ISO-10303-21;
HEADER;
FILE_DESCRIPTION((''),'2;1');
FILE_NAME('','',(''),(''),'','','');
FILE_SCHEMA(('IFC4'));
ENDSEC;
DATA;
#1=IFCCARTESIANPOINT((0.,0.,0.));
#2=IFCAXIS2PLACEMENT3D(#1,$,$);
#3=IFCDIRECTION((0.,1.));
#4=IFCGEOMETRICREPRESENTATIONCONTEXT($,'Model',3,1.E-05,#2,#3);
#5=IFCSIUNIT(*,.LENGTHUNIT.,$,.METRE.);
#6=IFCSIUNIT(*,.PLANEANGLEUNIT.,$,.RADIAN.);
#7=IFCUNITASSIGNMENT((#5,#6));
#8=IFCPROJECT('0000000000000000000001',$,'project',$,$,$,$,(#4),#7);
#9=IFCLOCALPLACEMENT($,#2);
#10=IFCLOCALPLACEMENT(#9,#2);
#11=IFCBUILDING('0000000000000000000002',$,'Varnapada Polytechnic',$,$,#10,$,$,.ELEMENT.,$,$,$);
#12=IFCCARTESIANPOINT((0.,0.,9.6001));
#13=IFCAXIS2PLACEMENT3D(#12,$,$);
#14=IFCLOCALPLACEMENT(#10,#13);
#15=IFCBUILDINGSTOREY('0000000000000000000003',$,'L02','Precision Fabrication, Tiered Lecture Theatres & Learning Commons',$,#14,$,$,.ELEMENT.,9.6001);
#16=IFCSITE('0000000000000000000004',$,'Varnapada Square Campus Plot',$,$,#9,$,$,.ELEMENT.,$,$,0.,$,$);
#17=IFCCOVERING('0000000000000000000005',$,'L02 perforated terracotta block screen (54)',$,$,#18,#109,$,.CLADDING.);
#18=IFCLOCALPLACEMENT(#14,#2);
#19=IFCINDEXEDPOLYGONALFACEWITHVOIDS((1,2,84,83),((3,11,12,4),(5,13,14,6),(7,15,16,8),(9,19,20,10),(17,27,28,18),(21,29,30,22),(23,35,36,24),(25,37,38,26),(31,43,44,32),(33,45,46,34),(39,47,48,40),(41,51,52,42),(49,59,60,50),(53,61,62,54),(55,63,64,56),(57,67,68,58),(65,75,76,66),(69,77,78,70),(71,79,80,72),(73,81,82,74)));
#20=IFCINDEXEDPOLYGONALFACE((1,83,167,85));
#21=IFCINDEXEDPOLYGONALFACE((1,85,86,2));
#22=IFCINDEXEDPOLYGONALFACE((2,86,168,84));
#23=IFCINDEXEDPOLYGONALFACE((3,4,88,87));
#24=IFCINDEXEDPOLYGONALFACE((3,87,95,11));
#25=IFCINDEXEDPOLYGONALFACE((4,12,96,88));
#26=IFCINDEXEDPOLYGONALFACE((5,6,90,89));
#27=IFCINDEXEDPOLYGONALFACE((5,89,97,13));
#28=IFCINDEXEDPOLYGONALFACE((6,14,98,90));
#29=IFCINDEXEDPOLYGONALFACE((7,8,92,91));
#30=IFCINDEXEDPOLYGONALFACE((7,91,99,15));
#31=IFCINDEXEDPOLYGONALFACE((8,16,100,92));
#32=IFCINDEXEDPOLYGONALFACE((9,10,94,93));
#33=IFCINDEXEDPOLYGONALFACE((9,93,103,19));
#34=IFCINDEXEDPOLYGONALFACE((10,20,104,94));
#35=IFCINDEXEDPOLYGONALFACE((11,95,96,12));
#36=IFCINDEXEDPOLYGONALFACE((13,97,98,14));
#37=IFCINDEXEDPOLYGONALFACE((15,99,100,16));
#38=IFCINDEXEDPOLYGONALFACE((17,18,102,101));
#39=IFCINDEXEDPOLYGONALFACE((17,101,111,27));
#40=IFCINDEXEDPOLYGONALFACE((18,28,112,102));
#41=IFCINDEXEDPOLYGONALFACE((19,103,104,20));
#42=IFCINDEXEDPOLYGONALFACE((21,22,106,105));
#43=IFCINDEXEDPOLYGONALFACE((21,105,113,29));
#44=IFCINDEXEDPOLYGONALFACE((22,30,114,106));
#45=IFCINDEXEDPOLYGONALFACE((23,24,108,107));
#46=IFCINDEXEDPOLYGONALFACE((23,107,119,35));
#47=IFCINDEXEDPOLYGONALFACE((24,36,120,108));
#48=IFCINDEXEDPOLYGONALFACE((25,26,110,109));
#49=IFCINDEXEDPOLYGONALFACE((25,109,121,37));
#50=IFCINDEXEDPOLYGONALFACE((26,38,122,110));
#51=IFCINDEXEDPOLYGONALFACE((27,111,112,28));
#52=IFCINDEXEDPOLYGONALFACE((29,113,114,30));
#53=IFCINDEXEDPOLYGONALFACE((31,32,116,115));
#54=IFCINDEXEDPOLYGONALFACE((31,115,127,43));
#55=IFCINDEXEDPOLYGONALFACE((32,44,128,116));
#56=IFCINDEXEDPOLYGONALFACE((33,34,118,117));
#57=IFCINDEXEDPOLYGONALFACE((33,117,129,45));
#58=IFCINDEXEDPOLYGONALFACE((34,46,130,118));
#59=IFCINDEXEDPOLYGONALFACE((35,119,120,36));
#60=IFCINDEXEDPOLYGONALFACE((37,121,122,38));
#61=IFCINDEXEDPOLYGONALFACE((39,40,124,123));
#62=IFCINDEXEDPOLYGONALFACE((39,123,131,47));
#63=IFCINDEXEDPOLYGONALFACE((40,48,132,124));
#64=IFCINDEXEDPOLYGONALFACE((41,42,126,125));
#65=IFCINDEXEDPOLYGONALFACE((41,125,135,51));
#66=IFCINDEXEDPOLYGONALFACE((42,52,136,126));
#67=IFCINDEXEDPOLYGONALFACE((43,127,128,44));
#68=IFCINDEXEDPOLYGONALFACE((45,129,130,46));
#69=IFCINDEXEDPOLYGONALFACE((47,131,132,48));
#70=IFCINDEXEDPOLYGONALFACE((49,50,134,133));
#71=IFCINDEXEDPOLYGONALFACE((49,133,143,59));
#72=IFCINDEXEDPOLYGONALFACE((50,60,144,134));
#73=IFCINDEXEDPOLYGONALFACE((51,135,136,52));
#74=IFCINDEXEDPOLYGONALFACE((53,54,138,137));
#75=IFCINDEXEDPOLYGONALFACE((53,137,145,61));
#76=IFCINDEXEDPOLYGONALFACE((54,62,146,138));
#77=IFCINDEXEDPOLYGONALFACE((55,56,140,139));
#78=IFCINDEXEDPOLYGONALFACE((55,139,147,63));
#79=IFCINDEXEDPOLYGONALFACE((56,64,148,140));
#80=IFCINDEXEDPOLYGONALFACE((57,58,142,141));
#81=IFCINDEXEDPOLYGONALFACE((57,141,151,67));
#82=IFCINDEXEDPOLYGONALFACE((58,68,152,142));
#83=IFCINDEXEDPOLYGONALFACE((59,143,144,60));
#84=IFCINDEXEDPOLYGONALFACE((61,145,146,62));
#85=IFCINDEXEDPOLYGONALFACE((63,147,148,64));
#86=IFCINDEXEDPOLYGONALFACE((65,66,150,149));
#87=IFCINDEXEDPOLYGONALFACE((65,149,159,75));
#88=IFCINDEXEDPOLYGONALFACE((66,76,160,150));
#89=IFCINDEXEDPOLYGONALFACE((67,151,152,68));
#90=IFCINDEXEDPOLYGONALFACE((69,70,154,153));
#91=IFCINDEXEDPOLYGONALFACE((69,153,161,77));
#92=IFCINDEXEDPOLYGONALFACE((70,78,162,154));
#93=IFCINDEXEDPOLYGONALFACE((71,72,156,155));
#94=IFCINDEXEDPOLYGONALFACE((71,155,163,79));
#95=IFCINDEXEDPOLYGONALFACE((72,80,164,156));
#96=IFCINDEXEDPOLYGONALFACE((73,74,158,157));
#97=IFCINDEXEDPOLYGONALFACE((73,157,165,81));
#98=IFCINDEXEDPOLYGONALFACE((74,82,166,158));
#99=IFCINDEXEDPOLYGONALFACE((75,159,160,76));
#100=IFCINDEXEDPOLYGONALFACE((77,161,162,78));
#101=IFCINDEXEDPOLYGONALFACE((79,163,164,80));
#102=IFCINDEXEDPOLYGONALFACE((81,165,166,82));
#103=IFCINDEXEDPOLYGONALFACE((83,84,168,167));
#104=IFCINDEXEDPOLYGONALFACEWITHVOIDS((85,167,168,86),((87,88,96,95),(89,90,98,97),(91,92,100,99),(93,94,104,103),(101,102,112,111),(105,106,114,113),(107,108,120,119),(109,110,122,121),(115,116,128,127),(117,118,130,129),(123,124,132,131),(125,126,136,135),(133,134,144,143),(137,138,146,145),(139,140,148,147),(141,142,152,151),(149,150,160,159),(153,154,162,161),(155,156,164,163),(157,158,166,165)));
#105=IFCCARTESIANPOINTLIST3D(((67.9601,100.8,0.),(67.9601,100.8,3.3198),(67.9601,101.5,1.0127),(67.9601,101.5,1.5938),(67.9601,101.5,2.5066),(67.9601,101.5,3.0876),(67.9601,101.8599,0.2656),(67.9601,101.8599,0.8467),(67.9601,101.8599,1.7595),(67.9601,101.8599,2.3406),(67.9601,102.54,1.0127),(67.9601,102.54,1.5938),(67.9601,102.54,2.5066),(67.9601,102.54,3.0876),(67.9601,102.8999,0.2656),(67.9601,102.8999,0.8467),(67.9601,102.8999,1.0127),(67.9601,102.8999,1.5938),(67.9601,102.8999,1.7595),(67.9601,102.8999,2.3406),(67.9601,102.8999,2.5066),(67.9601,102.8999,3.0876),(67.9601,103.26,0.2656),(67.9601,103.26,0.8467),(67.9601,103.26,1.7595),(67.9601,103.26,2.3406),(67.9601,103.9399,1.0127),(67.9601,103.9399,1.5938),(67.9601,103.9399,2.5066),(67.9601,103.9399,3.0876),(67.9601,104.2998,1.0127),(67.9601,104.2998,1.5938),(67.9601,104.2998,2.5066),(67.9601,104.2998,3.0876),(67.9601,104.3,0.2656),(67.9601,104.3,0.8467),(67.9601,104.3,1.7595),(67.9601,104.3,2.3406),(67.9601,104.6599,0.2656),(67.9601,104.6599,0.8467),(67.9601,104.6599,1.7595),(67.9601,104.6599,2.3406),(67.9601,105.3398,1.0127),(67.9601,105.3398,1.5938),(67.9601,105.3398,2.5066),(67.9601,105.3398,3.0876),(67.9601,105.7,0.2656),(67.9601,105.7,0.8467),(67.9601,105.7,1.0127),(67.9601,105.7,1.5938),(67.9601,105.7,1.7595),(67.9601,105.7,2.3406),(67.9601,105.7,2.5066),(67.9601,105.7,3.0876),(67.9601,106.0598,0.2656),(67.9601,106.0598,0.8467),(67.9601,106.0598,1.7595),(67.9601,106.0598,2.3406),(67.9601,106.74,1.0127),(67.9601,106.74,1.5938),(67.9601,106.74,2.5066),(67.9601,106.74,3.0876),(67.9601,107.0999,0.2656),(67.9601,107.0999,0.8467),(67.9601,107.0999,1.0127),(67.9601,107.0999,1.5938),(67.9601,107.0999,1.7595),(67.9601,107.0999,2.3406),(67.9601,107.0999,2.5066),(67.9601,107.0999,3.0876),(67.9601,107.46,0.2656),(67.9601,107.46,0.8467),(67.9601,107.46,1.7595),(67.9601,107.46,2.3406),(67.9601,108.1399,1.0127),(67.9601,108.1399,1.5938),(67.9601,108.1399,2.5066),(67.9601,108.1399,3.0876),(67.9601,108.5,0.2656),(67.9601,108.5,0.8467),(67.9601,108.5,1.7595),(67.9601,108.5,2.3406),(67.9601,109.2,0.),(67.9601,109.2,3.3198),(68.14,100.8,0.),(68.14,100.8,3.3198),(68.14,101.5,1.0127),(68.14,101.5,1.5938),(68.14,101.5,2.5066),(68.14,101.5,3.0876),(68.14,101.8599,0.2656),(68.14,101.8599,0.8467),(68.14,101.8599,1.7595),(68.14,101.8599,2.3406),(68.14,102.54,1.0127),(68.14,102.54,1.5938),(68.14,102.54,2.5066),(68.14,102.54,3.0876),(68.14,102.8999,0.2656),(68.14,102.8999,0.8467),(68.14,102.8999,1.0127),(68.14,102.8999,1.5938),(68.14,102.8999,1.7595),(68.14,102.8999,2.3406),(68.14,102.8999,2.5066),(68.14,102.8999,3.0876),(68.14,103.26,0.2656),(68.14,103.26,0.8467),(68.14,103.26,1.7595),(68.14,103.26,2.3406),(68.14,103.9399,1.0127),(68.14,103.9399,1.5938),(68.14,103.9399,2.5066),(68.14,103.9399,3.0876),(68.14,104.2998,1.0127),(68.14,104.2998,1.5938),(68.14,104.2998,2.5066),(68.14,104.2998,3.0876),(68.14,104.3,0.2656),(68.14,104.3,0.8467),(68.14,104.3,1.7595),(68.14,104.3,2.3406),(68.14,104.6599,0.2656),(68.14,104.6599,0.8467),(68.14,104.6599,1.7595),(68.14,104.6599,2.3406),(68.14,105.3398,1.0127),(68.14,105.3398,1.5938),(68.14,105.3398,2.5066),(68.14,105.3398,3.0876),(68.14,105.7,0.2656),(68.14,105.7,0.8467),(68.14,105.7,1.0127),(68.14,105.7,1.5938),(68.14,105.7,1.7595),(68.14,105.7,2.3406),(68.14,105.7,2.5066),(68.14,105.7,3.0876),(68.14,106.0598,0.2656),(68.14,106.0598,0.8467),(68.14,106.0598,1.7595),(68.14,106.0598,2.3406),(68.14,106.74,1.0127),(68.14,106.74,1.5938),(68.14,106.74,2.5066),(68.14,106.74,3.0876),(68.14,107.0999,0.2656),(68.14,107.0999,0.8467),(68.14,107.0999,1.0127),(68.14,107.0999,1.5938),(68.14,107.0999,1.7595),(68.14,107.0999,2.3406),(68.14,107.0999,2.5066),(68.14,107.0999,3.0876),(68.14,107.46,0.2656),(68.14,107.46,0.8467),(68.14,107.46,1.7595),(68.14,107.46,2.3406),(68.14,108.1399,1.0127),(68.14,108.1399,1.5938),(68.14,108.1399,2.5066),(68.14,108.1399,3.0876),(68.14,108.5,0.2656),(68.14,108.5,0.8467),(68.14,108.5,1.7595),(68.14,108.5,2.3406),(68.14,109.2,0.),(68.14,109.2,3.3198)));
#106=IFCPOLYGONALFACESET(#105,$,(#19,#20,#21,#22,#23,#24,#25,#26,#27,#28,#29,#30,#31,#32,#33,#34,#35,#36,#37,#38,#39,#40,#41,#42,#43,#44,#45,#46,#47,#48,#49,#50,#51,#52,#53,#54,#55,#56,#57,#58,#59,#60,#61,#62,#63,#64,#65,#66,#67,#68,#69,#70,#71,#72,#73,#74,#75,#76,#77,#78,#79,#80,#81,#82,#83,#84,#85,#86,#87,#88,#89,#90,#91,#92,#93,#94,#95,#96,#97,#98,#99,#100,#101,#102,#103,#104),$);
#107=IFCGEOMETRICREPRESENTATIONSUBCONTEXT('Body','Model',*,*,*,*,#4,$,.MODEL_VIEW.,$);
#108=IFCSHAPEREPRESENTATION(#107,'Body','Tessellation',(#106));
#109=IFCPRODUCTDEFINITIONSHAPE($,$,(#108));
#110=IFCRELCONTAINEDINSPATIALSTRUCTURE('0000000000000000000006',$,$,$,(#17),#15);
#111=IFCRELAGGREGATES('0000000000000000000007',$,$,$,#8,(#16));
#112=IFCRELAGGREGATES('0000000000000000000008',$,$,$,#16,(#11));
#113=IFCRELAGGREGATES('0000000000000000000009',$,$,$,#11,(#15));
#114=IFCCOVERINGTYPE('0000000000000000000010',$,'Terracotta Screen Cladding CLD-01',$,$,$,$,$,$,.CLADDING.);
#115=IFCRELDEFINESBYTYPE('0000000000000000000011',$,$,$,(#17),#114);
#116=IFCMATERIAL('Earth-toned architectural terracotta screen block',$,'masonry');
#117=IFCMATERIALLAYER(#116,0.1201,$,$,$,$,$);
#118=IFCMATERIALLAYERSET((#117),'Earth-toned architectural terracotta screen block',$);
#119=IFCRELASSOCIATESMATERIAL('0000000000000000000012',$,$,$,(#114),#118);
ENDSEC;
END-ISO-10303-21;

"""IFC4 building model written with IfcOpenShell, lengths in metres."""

from ifc_helpers import new_model, si_unit, direction, frame, frame_2d, origin, place, context, subcontext, project, spatial, rectangle, extrude, material, layer, layer_set, type_object, element, save


model = new_model("IFC4")

# Units and contexts
model_context = context("Model", 3, precision=1e-05, world=origin(), true_north=direction((0.0, 1.0)))
body_context = subcontext(model_context, "Body", "Model", "MODEL_VIEW")
ifc_project = project(units=[si_unit("LENGTHUNIT", "METRE"), si_unit("PLANEANGLEUNIT", "RADIAN")], contexts=[model_context])

# Site, building, storey
site_placement = place(None, origin())
site = spatial("IfcSite", under=ifc_project, at=site_placement, Name="Varnapada Square Campus Plot", CompositionType="ELEMENT", RefElevation=0.0)
building_placement = place(site_placement, origin())
building = spatial("IfcBuilding", under=site, at=building_placement, Name="Varnapada Polytechnic", CompositionType="ELEMENT")
storey_placement = place(building_placement, frame((0.0, 0.0, 9.6001)))
storey = spatial("IfcBuildingStorey", under=building, at=storey_placement, Name="L02", Description="Precision Fabrication, Tiered Lecture Theatres & Learning Commons", CompositionType="ELEMENT", Elevation=9.6001)

# Covering, openings
ifc_material_1 = material(Name="Earth-toned architectural terracotta screen block", Category="masonry")
ifc_layer_1 = layer(ifc_material_1, 0.1201)
ifc_layer_set_1 = layer_set([ifc_layer_1], Name="Earth-toned architectural terracotta screen block")
covering_type = type_object("IfcCoveringType", Name="Terracotta Screen Cladding CLD-01", PredefinedType="CLADDING", material=ifc_layer_set_1)
covering_placement = place(storey_placement, frame((68.05, 109.2, 0.0), z_axis=(0.0, 0.0, 1.0), x_axis=(0.0, -1.0, 0.0)))
covering = element("IfcCovering", 1, at=covering_placement, inside=storey, type_object=covering_type, Name="L02 perforated terracotta block screen (54)", PredefinedType="CLADDING", context=body_context, shape_type="SweptSolid", body=[
    extrude(rectangle(XDim=8.3999, YDim=0.1799, at=frame_2d((4.2, 0.0))), origin(), (0.0, 0.0, 1.0), 3.3198),
])
opening_1_placement = place(covering_placement, frame((0.7, 0.0, 0.2656)))
element("IfcOpeningElement", 2, at=opening_1_placement, cuts=covering, PredefinedType="OPENING", context=body_context, shape_type="SweptSolid", body=[
    extrude(rectangle(XDim=1.04, YDim=0.5811, at=frame_2d((0.52, 0.2905))), frame((0.0, 0.0999, 0.0), z_axis=(0.0, -1.0, 0.0), x_axis=(1.0, 0.0, 0.0)), (0.0, 0.0, 1.0), 0.2),
])
opening_2_placement = place(covering_placement, frame((2.1001, 0.0, 0.2656)))
element("IfcOpeningElement", 3, at=opening_2_placement, cuts=covering, PredefinedType="OPENING", context=body_context, shape_type="SweptSolid", body=[
    extrude(rectangle(XDim=1.04, YDim=0.5811, at=frame_2d((0.52, 0.2905))), frame((0.0, 0.0999, 0.0), z_axis=(0.0, -1.0, 0.0), x_axis=(1.0, 0.0, 0.0)), (0.0, 0.0, 1.0), 0.2),
])
opening_3_placement = place(covering_placement, frame((3.5, 0.0, 0.2656)))
element("IfcOpeningElement", 4, at=opening_3_placement, cuts=covering, PredefinedType="OPENING", context=body_context, shape_type="SweptSolid", body=[
    extrude(rectangle(XDim=1.04, YDim=0.5811, at=frame_2d((0.52, 0.2905))), frame((0.0, 0.0999, 0.0), z_axis=(0.0, -1.0, 0.0), x_axis=(1.0, 0.0, 0.0)), (0.0, 0.0, 1.0), 0.2),
])
opening_4_placement = place(covering_placement, frame((4.8999, 0.0, 0.2656)))
element("IfcOpeningElement", 5, at=opening_4_placement, cuts=covering, PredefinedType="OPENING", context=body_context, shape_type="SweptSolid", body=[
    extrude(rectangle(XDim=1.04, YDim=0.5811, at=frame_2d((0.52, 0.2905))), frame((0.0, 0.0999, 0.0), z_axis=(0.0, -1.0, 0.0), x_axis=(1.0, 0.0, 0.0)), (0.0, 0.0, 1.0), 0.2),
])
opening_5_placement = place(covering_placement, frame((6.3, 0.0, 0.2656)))
element("IfcOpeningElement", 6, at=opening_5_placement, cuts=covering, PredefinedType="OPENING", context=body_context, shape_type="SweptSolid", body=[
    extrude(rectangle(XDim=1.04, YDim=0.5811, at=frame_2d((0.52, 0.2905))), frame((0.0, 0.0999, 0.0), z_axis=(0.0, -1.0, 0.0), x_axis=(1.0, 0.0, 0.0)), (0.0, 0.0, 1.0), 0.2),
])
opening_6_placement = place(covering_placement, frame((1.0601, 0.0, 1.0127)))
element("IfcOpeningElement", 7, at=opening_6_placement, cuts=covering, PredefinedType="OPENING", context=body_context, shape_type="SweptSolid", body=[
    extrude(rectangle(XDim=1.04, YDim=0.5811, at=frame_2d((0.52, 0.2905))), frame((0.0, 0.0999, 0.0), z_axis=(0.0, -1.0, 0.0), x_axis=(1.0, 0.0, 0.0)), (0.0, 0.0, 1.0), 0.2),
])
opening_7_placement = place(covering_placement, frame((2.46, 0.0, 1.0127)))
element("IfcOpeningElement", 8, at=opening_7_placement, cuts=covering, PredefinedType="OPENING", context=body_context, shape_type="SweptSolid", body=[
    extrude(rectangle(XDim=1.04, YDim=0.5811, at=frame_2d((0.52, 0.2905))), frame((0.0, 0.0999, 0.0), z_axis=(0.0, -1.0, 0.0), x_axis=(1.0, 0.0, 0.0)), (0.0, 0.0, 1.0), 0.2),
])
opening_8_placement = place(covering_placement, frame((3.8601, 0.0, 1.0127)))
element("IfcOpeningElement", 9, at=opening_8_placement, cuts=covering, PredefinedType="OPENING", context=body_context, shape_type="SweptSolid", body=[
    extrude(rectangle(XDim=1.04, YDim=0.5811, at=frame_2d((0.52, 0.2905))), frame((0.0, 0.0999, 0.0), z_axis=(0.0, -1.0, 0.0), x_axis=(1.0, 0.0, 0.0)), (0.0, 0.0, 1.0), 0.2),
])
opening_9_placement = place(covering_placement, frame((5.26, 0.0, 1.0127)))
element("IfcOpeningElement", 10, at=opening_9_placement, cuts=covering, PredefinedType="OPENING", context=body_context, shape_type="SweptSolid", body=[
    extrude(rectangle(XDim=1.04, YDim=0.5811, at=frame_2d((0.52, 0.2905))), frame((0.0, 0.0999, 0.0), z_axis=(0.0, -1.0, 0.0), x_axis=(1.0, 0.0, 0.0)), (0.0, 0.0, 1.0), 0.2),
])
opening_10_placement = place(covering_placement, frame((6.6599, 0.0, 1.0127)))
element("IfcOpeningElement", 11, at=opening_10_placement, cuts=covering, PredefinedType="OPENING", context=body_context, shape_type="SweptSolid", body=[
    extrude(rectangle(XDim=1.04, YDim=0.5811, at=frame_2d((0.52, 0.2905))), frame((0.0, 0.0999, 0.0), z_axis=(0.0, -1.0, 0.0), x_axis=(1.0, 0.0, 0.0)), (0.0, 0.0, 1.0), 0.2),
])
opening_11_placement = place(covering_placement, frame((0.7, 0.0, 1.7595)))
element("IfcOpeningElement", 12, at=opening_11_placement, cuts=covering, PredefinedType="OPENING", context=body_context, shape_type="SweptSolid", body=[
    extrude(rectangle(XDim=1.04, YDim=0.5811, at=frame_2d((0.52, 0.2905))), frame((0.0, 0.0999, 0.0), z_axis=(0.0, -1.0, 0.0), x_axis=(1.0, 0.0, 0.0)), (0.0, 0.0, 1.0), 0.2),
])
opening_12_placement = place(covering_placement, frame((2.1001, 0.0, 1.7595)))
element("IfcOpeningElement", 13, at=opening_12_placement, cuts=covering, PredefinedType="OPENING", context=body_context, shape_type="SweptSolid", body=[
    extrude(rectangle(XDim=1.04, YDim=0.5811, at=frame_2d((0.52, 0.2905))), frame((0.0, 0.0999, 0.0), z_axis=(0.0, -1.0, 0.0), x_axis=(1.0, 0.0, 0.0)), (0.0, 0.0, 1.0), 0.2),
])
opening_13_placement = place(covering_placement, frame((3.5, 0.0, 1.7595)))
element("IfcOpeningElement", 14, at=opening_13_placement, cuts=covering, PredefinedType="OPENING", context=body_context, shape_type="SweptSolid", body=[
    extrude(rectangle(XDim=1.04, YDim=0.5811, at=frame_2d((0.52, 0.2905))), frame((0.0, 0.0999, 0.0), z_axis=(0.0, -1.0, 0.0), x_axis=(1.0, 0.0, 0.0)), (0.0, 0.0, 1.0), 0.2),
])
opening_14_placement = place(covering_placement, frame((4.8999, 0.0, 1.7595)))
element("IfcOpeningElement", 15, at=opening_14_placement, cuts=covering, PredefinedType="OPENING", context=body_context, shape_type="SweptSolid", body=[
    extrude(rectangle(XDim=1.04, YDim=0.5811, at=frame_2d((0.52, 0.2905))), frame((0.0, 0.0999, 0.0), z_axis=(0.0, -1.0, 0.0), x_axis=(1.0, 0.0, 0.0)), (0.0, 0.0, 1.0), 0.2),
])
opening_15_placement = place(covering_placement, frame((6.3, 0.0, 1.7595)))
element("IfcOpeningElement", 16, at=opening_15_placement, cuts=covering, PredefinedType="OPENING", context=body_context, shape_type="SweptSolid", body=[
    extrude(rectangle(XDim=1.04, YDim=0.5811, at=frame_2d((0.52, 0.2905))), frame((0.0, 0.0999, 0.0), z_axis=(0.0, -1.0, 0.0), x_axis=(1.0, 0.0, 0.0)), (0.0, 0.0, 1.0), 0.2),
])
opening_16_placement = place(covering_placement, frame((1.0601, 0.0, 2.5066)))
element("IfcOpeningElement", 17, at=opening_16_placement, cuts=covering, PredefinedType="OPENING", context=body_context, shape_type="SweptSolid", body=[
    extrude(rectangle(XDim=1.04, YDim=0.5811, at=frame_2d((0.52, 0.2905))), frame((0.0, 0.0999, 0.0), z_axis=(0.0, -1.0, 0.0), x_axis=(1.0, 0.0, 0.0)), (0.0, 0.0, 1.0), 0.2),
])
opening_17_placement = place(covering_placement, frame((2.46, 0.0, 2.5066)))
element("IfcOpeningElement", 18, at=opening_17_placement, cuts=covering, PredefinedType="OPENING", context=body_context, shape_type="SweptSolid", body=[
    extrude(rectangle(XDim=1.04, YDim=0.5811, at=frame_2d((0.52, 0.2905))), frame((0.0, 0.0999, 0.0), z_axis=(0.0, -1.0, 0.0), x_axis=(1.0, 0.0, 0.0)), (0.0, 0.0, 1.0), 0.2),
])
opening_18_placement = place(covering_placement, frame((3.8601, 0.0, 2.5066)))
element("IfcOpeningElement", 19, at=opening_18_placement, cuts=covering, PredefinedType="OPENING", context=body_context, shape_type="SweptSolid", body=[
    extrude(rectangle(XDim=1.04, YDim=0.5811, at=frame_2d((0.52, 0.2905))), frame((0.0, 0.0999, 0.0), z_axis=(0.0, -1.0, 0.0), x_axis=(1.0, 0.0, 0.0)), (0.0, 0.0, 1.0), 0.2),
])
opening_19_placement = place(covering_placement, frame((5.26, 0.0, 2.5066)))
element("IfcOpeningElement", 20, at=opening_19_placement, cuts=covering, PredefinedType="OPENING", context=body_context, shape_type="SweptSolid", body=[
    extrude(rectangle(XDim=1.04, YDim=0.5811, at=frame_2d((0.52, 0.2905))), frame((0.0, 0.0999, 0.0), z_axis=(0.0, -1.0, 0.0), x_axis=(1.0, 0.0, 0.0)), (0.0, 0.0, 1.0), 0.2),
])
opening_20_placement = place(covering_placement, frame((6.6599, 0.0, 2.5066)))
element("IfcOpeningElement", 21, at=opening_20_placement, cuts=covering, PredefinedType="OPENING", context=body_context, shape_type="SweptSolid", body=[
    extrude(rectangle(XDim=1.04, YDim=0.5811, at=frame_2d((0.52, 0.2905))), frame((0.0, 0.0999, 0.0), z_axis=(0.0, -1.0, 0.0), x_axis=(1.0, 0.0, 0.0)), (0.0, 0.0, 1.0), 0.2),
])

save(model, "model.ifc")
